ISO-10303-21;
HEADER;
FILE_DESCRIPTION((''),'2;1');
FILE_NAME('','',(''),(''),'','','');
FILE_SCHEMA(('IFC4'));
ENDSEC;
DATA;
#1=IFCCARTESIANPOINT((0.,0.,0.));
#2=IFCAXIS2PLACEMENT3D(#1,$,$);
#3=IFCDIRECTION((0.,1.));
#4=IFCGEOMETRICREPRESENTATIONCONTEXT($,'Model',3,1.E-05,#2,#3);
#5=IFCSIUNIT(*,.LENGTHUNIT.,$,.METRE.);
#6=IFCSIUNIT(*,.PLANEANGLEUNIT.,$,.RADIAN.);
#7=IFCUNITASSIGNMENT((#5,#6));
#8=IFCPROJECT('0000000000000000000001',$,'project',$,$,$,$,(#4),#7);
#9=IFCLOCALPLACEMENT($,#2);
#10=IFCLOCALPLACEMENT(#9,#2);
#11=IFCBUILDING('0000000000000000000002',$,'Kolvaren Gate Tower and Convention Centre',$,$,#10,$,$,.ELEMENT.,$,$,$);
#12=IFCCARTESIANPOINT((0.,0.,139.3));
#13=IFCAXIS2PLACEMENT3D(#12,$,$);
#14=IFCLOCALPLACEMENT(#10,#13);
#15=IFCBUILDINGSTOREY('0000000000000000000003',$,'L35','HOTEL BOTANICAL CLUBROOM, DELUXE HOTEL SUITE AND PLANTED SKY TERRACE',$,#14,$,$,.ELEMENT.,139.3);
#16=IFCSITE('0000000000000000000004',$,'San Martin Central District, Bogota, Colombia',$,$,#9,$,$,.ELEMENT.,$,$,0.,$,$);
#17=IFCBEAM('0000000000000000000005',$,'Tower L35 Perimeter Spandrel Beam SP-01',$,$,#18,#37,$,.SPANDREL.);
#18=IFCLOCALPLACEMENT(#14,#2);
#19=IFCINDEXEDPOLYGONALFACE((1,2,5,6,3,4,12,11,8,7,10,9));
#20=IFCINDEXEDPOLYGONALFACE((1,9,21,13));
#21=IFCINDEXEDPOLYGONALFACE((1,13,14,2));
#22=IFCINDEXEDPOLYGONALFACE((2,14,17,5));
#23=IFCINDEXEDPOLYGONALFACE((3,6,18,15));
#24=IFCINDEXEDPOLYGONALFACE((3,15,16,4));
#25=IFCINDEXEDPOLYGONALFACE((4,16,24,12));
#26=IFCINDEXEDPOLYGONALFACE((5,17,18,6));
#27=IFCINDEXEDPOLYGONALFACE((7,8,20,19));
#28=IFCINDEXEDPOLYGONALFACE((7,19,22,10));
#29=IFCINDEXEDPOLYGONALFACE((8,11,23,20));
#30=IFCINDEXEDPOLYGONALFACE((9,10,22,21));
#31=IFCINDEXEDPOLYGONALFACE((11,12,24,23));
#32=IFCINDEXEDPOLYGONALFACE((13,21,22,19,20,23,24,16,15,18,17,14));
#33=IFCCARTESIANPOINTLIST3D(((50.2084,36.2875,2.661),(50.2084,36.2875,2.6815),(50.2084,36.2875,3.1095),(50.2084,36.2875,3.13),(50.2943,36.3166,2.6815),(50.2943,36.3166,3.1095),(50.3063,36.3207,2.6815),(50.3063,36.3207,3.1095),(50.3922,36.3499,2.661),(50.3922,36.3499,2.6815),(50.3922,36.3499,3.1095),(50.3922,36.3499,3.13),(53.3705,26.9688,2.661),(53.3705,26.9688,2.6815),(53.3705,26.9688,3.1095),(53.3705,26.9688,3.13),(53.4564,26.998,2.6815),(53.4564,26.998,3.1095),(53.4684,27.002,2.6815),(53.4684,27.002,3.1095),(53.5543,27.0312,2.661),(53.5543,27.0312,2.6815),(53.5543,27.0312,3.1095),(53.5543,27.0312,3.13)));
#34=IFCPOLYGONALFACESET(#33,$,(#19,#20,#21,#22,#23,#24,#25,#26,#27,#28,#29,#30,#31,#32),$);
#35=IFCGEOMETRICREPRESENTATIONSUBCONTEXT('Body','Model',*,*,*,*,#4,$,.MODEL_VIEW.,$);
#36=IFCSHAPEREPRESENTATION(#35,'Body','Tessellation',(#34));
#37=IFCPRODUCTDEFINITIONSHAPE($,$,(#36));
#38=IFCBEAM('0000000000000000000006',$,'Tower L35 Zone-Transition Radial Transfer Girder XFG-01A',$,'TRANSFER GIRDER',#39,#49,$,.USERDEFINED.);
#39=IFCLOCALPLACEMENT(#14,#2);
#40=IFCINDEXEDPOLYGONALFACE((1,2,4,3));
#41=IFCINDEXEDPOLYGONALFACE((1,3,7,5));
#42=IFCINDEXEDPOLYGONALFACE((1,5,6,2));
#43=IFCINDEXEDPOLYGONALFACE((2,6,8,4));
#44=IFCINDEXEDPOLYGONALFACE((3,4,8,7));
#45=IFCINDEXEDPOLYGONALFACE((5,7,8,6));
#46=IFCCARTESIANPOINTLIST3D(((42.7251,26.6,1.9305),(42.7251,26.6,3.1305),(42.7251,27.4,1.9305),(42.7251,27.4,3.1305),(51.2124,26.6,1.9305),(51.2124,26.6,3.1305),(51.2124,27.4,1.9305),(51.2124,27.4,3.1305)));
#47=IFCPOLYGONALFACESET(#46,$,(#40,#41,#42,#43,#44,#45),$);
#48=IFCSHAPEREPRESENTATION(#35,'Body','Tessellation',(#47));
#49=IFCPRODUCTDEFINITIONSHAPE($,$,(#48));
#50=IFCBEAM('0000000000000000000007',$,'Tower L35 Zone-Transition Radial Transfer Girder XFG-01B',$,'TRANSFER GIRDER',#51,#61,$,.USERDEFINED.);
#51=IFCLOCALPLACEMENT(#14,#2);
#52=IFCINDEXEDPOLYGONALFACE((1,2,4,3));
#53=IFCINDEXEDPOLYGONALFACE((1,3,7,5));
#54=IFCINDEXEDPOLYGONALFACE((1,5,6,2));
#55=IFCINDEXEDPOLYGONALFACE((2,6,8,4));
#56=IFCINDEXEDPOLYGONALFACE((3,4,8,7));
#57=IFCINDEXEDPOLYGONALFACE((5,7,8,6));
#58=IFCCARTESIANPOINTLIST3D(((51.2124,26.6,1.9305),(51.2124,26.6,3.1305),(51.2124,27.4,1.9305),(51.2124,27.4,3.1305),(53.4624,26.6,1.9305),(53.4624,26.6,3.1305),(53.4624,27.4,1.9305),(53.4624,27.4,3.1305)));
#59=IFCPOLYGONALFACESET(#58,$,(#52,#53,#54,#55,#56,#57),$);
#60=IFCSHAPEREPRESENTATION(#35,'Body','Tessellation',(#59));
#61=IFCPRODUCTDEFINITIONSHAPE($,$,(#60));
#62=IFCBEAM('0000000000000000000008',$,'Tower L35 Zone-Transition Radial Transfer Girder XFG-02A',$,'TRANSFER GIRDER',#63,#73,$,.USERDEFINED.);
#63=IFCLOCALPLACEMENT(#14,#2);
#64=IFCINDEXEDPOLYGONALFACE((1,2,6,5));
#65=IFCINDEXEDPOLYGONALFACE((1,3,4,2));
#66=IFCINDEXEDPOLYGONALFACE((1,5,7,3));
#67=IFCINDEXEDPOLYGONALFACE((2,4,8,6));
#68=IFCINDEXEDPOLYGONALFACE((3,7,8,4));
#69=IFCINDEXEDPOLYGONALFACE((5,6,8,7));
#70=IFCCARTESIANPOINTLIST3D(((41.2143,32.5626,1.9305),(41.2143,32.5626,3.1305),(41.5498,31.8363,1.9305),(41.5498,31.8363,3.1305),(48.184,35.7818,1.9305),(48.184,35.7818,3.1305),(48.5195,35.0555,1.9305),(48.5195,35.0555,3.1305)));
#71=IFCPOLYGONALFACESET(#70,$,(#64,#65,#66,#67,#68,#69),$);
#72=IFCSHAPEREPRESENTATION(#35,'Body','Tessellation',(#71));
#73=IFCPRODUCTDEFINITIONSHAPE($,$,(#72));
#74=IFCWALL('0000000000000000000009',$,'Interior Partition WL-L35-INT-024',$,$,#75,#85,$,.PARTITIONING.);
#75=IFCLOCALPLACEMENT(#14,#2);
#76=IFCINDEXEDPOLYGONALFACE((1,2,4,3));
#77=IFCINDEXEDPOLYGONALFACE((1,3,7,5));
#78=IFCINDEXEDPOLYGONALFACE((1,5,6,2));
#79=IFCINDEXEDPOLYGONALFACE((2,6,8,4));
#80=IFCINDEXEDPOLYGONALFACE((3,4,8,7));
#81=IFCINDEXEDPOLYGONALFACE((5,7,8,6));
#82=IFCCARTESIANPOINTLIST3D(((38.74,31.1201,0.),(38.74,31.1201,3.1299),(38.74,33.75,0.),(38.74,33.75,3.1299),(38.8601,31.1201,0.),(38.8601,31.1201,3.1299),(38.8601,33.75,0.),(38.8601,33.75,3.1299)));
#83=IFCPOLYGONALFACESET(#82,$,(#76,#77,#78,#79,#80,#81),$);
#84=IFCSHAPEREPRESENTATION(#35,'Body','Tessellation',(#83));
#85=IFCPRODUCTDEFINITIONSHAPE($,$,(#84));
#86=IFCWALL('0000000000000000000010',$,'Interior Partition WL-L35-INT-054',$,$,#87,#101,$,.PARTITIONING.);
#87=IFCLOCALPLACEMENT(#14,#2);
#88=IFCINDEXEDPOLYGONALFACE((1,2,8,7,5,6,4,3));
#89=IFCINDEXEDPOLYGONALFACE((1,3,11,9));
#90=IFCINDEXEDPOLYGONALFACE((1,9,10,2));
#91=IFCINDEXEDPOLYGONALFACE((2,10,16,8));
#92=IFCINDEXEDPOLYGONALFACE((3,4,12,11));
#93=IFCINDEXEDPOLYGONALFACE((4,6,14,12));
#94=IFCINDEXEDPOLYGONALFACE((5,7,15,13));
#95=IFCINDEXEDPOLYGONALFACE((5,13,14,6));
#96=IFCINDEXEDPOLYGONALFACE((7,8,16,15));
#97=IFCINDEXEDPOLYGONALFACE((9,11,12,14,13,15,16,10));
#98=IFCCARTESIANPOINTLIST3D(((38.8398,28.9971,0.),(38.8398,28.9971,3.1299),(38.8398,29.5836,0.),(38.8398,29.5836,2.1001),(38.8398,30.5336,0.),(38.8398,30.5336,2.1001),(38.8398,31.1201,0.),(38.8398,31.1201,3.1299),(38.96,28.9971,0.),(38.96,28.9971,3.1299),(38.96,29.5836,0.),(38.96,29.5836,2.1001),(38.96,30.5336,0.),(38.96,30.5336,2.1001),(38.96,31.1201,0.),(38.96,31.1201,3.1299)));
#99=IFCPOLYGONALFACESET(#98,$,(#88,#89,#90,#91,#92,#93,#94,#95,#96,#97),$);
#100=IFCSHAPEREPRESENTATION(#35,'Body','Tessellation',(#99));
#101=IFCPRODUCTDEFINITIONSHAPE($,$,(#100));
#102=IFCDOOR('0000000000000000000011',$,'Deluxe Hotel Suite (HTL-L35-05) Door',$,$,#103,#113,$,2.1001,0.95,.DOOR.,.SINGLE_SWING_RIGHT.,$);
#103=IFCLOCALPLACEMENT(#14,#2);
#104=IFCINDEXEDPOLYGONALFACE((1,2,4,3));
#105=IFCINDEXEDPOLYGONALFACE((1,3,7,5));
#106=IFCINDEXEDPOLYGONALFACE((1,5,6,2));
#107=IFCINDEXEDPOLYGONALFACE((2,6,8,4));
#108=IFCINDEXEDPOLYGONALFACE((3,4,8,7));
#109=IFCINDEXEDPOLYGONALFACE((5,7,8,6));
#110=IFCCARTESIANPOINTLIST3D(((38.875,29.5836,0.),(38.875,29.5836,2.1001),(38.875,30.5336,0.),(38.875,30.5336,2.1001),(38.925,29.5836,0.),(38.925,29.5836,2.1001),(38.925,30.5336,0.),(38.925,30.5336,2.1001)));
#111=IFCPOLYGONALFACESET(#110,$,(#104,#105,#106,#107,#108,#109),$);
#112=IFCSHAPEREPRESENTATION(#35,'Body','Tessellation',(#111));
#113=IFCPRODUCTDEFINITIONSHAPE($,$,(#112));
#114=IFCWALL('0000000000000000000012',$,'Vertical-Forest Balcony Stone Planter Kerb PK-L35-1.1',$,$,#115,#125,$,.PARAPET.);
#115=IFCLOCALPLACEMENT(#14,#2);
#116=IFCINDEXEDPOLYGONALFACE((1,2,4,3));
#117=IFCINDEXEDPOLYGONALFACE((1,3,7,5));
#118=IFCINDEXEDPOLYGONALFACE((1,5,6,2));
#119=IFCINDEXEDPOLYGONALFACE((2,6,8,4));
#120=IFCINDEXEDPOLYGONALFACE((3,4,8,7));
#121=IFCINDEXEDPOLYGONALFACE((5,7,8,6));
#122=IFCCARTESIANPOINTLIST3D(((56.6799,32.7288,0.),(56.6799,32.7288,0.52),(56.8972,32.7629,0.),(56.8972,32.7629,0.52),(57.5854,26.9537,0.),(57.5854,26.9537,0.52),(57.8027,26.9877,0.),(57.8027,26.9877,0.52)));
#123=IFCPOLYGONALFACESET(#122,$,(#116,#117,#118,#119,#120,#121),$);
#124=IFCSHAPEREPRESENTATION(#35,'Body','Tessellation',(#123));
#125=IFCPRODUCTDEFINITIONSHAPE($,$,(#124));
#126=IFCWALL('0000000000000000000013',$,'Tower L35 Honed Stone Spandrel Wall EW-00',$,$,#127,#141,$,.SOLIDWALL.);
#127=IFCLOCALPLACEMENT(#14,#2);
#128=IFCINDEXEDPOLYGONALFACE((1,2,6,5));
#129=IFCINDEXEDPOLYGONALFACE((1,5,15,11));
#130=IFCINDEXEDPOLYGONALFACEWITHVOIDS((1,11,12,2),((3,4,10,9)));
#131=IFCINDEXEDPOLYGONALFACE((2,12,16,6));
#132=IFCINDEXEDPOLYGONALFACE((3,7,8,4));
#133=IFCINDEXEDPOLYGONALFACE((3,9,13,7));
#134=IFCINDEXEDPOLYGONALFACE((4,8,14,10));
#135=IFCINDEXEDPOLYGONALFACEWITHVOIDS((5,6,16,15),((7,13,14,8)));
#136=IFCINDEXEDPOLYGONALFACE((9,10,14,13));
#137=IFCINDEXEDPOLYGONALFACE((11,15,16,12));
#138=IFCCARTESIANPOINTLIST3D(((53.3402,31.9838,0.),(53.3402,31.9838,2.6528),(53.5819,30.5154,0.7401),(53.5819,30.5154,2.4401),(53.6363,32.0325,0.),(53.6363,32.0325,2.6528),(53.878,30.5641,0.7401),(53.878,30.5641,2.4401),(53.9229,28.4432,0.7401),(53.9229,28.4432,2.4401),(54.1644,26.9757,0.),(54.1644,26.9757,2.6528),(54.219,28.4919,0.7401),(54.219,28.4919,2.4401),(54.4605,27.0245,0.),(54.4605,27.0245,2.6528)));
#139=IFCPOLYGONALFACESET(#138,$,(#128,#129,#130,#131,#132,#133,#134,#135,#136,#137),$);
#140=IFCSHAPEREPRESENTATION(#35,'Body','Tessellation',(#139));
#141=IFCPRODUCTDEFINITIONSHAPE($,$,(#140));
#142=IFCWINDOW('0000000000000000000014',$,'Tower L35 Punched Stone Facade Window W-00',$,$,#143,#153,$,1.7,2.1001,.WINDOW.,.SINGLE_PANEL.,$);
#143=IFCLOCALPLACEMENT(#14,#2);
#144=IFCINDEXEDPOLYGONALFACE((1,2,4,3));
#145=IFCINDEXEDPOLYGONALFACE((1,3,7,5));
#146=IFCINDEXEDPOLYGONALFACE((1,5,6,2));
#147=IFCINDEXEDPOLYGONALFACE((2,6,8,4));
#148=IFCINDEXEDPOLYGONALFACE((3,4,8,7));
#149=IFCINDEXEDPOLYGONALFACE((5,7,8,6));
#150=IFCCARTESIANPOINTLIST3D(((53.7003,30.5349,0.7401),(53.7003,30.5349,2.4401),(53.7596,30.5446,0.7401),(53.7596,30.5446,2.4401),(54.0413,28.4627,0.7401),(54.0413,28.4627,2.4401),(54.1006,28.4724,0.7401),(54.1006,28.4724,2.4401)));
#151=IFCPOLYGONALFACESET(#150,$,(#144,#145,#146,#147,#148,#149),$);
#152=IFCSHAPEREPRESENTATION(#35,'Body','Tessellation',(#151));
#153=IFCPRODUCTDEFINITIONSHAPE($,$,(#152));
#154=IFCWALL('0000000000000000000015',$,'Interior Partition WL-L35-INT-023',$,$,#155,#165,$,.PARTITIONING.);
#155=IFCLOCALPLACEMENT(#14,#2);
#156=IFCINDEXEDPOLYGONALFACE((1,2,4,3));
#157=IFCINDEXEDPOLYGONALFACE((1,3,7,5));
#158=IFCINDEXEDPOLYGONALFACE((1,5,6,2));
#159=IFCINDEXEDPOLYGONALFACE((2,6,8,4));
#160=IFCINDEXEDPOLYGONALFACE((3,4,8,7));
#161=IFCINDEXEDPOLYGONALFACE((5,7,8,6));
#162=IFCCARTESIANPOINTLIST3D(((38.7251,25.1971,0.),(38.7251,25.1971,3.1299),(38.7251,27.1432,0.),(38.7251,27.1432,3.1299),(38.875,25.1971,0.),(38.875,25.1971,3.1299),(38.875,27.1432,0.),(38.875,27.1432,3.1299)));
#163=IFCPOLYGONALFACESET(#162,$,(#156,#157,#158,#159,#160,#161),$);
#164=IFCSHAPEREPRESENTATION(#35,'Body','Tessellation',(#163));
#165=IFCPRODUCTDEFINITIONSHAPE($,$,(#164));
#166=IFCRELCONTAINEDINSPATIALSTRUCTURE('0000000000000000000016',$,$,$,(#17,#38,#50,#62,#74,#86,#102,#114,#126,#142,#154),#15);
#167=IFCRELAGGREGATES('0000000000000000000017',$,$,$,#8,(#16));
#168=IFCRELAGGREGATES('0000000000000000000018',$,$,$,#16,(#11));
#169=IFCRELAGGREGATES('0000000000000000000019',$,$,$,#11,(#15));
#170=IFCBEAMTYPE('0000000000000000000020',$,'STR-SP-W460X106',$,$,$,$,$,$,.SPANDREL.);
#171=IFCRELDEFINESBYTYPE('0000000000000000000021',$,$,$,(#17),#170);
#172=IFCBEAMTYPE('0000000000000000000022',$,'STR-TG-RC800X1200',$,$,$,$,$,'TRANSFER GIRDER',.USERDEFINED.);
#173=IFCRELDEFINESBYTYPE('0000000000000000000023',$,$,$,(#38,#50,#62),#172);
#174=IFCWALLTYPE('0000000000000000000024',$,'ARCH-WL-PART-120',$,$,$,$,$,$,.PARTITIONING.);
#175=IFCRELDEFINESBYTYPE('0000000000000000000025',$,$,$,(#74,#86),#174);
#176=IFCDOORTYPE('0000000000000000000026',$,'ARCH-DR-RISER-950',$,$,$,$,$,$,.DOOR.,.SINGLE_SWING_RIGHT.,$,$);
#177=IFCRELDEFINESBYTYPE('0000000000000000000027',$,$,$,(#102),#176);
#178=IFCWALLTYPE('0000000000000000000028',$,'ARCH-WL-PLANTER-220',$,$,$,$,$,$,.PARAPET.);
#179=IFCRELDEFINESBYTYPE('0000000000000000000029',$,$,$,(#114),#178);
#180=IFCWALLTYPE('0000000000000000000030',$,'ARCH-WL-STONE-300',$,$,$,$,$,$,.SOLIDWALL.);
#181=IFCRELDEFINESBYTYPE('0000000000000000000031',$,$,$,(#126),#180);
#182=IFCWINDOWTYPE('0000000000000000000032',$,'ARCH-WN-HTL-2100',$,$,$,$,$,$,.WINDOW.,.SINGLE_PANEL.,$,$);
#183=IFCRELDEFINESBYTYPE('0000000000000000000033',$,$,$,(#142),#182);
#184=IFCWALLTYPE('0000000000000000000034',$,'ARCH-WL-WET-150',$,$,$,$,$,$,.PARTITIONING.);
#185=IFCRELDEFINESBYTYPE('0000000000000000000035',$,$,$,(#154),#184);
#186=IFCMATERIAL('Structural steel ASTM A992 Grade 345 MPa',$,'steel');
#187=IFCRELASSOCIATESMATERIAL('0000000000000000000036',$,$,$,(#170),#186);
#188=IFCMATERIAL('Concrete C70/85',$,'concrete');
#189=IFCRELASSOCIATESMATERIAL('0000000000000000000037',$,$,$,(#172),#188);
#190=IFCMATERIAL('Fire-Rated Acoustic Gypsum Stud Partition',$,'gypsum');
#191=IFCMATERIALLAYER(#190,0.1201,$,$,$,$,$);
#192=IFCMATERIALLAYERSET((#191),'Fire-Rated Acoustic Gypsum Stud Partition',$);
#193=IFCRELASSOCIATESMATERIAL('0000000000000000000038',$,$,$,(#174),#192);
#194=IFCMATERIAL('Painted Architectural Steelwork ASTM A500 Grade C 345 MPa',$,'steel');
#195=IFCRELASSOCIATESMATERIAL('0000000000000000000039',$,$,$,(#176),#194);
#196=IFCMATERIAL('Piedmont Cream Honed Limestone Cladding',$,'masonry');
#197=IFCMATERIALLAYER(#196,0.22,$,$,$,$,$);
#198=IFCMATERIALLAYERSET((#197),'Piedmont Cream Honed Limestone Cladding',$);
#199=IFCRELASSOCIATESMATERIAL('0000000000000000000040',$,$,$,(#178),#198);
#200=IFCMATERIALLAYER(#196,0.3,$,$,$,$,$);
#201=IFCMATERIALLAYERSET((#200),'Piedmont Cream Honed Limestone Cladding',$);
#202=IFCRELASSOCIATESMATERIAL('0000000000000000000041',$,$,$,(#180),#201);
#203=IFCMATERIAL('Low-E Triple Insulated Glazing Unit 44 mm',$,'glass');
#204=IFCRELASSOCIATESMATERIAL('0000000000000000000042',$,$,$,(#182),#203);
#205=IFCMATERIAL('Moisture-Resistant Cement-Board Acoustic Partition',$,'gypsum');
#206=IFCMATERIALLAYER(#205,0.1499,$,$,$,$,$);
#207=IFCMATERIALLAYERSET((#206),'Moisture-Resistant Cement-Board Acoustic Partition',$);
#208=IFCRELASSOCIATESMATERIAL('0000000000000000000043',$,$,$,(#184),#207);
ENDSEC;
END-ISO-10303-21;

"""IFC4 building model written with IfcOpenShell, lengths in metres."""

from ifc_helpers import new_model, si_unit, direction, frame, frame_2d, origin, origin_2d, place, context, subcontext, project, spatial, rectangle, i_section, extrude, material, layer, layer_set, material_profile, profile_set, type_object, element, fill, save


model = new_model("IFC4")

# Units and contexts
model_context = context("Model", 3, precision=1e-05, world=origin(), true_north=direction((0.0, 1.0)))
body_context = subcontext(model_context, "Body", "Model", "MODEL_VIEW")
ifc_project = project(units=[si_unit("LENGTHUNIT", "METRE"), si_unit("PLANEANGLEUNIT", "RADIAN")], contexts=[model_context])

# Site, building, storey
site_placement = place(None, origin())
site = spatial("IfcSite", under=ifc_project, at=site_placement, Name="San Martin Central District, Bogota, Colombia", CompositionType="ELEMENT", RefElevation=0.0)
building_placement = place(site_placement, origin())
building = spatial("IfcBuilding", under=site, at=building_placement, Name="Kolvaren Gate Tower and Convention Centre", CompositionType="ELEMENT")
storey_placement = place(building_placement, frame((0.0, 0.0, 139.3)))
storey = spatial("IfcBuildingStorey", under=building, at=storey_placement, Name="L35", Description="HOTEL BOTANICAL CLUBROOM, DELUXE HOTEL SUITE AND PLANTED SKY TERRACE", CompositionType="ELEMENT", Elevation=139.3)

# Beams
ifc_material_1 = material(Name="Structural steel ASTM A992 Grade 345 MPa", Category="steel")
ifc_material_profile_1 = material_profile(ifc_material_1, i_section(OverallWidth=0.1941, OverallDepth=0.469, WebThickness=0.0127, FlangeThickness=0.0205, at=origin_2d()), Name="W460X106")
ifc_profile_set_1 = profile_set([ifc_material_profile_1], Name="Structural steel ASTM A992 Grade 345 MPa")
beam_type_1 = type_object("IfcBeamType", Name="STR-SP-W460X106", PredefinedType="SPANDREL", material=ifc_profile_set_1)
beam_1_placement = place(storey_placement, frame((53.4624, 27.0, 2.8955), z_axis=(-0.321336, 0.946965, 0.0), x_axis=(-0.946965, -0.321336, 0.0)))
element("IfcBeam", 1, at=beam_1_placement, inside=storey, type_object=beam_type_1, Name="Tower L35 Perimeter Spandrel Beam SP-01", PredefinedType="SPANDREL", context=body_context, shape_type="SweptSolid", body=[
    extrude(i_section(OverallWidth=0.1941, OverallDepth=0.469, WebThickness=0.0127, FlangeThickness=0.0205, at=origin_2d()), origin(), (0.0, 0.0, 1.0), 9.8406),
])
ifc_material_2 = material(Name="Concrete C70/85", Category="concrete")
ifc_material_profile_2 = material_profile(ifc_material_2, rectangle(XDim=0.8, YDim=1.2, at=origin_2d()), Name="RC-BM-800X1200")
ifc_profile_set_2 = profile_set([ifc_material_profile_2], Name="Concrete C70/85")
beam_type_2 = type_object("IfcBeamType", Name="STR-TG-RC800X1200", ElementType="TRANSFER GIRDER", PredefinedType="USERDEFINED", material=ifc_profile_set_2)
beam_2_placement = place(storey_placement, frame((42.7251, 27.0, 2.5305), z_axis=(1.0, 0.0, 0.0), x_axis=(0.0, 1.0, 0.0)))
element("IfcBeam", 2, at=beam_2_placement, inside=storey, type_object=beam_type_2, Name="Tower L35 Zone-Transition Radial Transfer Girder XFG-01A", ObjectType="TRANSFER GIRDER", PredefinedType="USERDEFINED", context=body_context, shape_type="SweptSolid", body=[
    extrude(rectangle(XDim=0.8, YDim=1.2, at=origin_2d()), origin(), (0.0, 0.0, 1.0), 8.4873),
])
beam_3_placement = place(storey_placement, frame((51.2124, 27.0, 2.5305), z_axis=(1.0, 0.0, 0.0), x_axis=(0.0, 1.0, 0.0)))
element("IfcBeam", 3, at=beam_3_placement, inside=storey, type_object=beam_type_2, Name="Tower L35 Zone-Transition Radial Transfer Girder XFG-01B", ObjectType="TRANSFER GIRDER", PredefinedType="USERDEFINED", context=body_context, shape_type="SweptSolid", body=[
    extrude(rectangle(XDim=0.8, YDim=1.2, at=origin_2d()), origin(), (0.0, 0.0, 1.0), 2.25),
])
beam_4_placement = place(storey_placement, frame((41.3821, 32.1995, 2.5305), z_axis=(0.907838, 0.41932, 0.0), x_axis=(-0.41932, 0.907838, 0.0)))
element("IfcBeam", 4, at=beam_4_placement, inside=storey, type_object=beam_type_2, Name="Tower L35 Zone-Transition Radial Transfer Girder XFG-02A", ObjectType="TRANSFER GIRDER", PredefinedType="USERDEFINED", context=body_context, shape_type="SweptSolid", body=[
    extrude(rectangle(XDim=0.8, YDim=1.2, at=origin_2d()), origin(), (0.0, 0.0, 1.0), 7.6772),
])

# Wall
ifc_material_3 = material(Name="Fire-Rated Acoustic Gypsum Stud Partition", Category="gypsum")
ifc_layer_1 = layer(ifc_material_3, 0.1201)
ifc_layer_set_1 = layer_set([ifc_layer_1], Name="Fire-Rated Acoustic Gypsum Stud Partition")
wall_type_1 = type_object("IfcWallType", Name="ARCH-WL-PART-120", PredefinedType="PARTITIONING", material=ifc_layer_set_1)
wall_1_placement = place(storey_placement, frame((38.8, 31.1201, 0.0), z_axis=(0.0, 0.0, 1.0), x_axis=(0.0, 1.0, 0.0)))
element("IfcWall", 5, at=wall_1_placement, inside=storey, type_object=wall_type_1, Name="Interior Partition WL-L35-INT-024", PredefinedType="PARTITIONING", context=body_context, shape_type="SweptSolid", body=[
    extrude(rectangle(XDim=2.6299, YDim=0.1201, at=frame_2d((1.3149, 0.0))), origin(), (0.0, 0.0, 1.0), 3.1299),
])

# Wall, opening, door
wall_2_placement = place(storey_placement, frame((38.8999, 28.9971, 0.0), z_axis=(0.0, 0.0, 1.0), x_axis=(0.0, 1.0, 0.0)))
wall_2 = element("IfcWall", 6, at=wall_2_placement, inside=storey, type_object=wall_type_1, Name="Interior Partition WL-L35-INT-054", PredefinedType="PARTITIONING", context=body_context, shape_type="SweptSolid", body=[
    extrude(rectangle(XDim=2.123, YDim=0.1201, at=frame_2d((1.0615, 0.0))), origin(), (0.0, 0.0, 1.0), 3.1299),
])
opening_1_placement = place(wall_2_placement, frame((0.5864, 0.0, 0.0)))
opening_1 = element("IfcOpeningElement", 7, at=opening_1_placement, cuts=wall_2, PredefinedType="OPENING", context=body_context, shape_type="SweptSolid", body=[
    extrude(rectangle(XDim=0.95, YDim=2.1001, at=frame_2d((0.4751, 1.05))), frame((0.0, 0.0701, 0.0), z_axis=(0.0, -1.0, 0.0), x_axis=(1.0, 0.0, 0.0)), (0.0, 0.0, 1.0), 0.1401),
])
ifc_material_4 = material(Name="Painted Architectural Steelwork ASTM A500 Grade C 345 MPa", Category="steel")
door_type = type_object("IfcDoorType", Name="ARCH-DR-RISER-950", OperationType="SINGLE_SWING_RIGHT", PredefinedType="DOOR", material=ifc_material_4)
door_placement = place(opening_1_placement, origin())
door = element("IfcDoor", 8, at=door_placement, inside=storey, type_object=door_type, Name="Deluxe Hotel Suite (HTL-L35-05) Door", OperationType="SINGLE_SWING_RIGHT", OverallHeight=2.1001, OverallWidth=0.95, PredefinedType="DOOR", context=body_context, shape_type="SweptSolid", body=[
    extrude(rectangle(XDim=0.95, YDim=2.1001, at=frame_2d((0.4751, 1.05))), frame((0.0, 0.0249, 0.0), z_axis=(0.0, -1.0, 0.0), x_axis=(1.0, 0.0, 0.0)), (0.0, 0.0, 1.0), 0.05),
])
fill(opening_1, door)

# Wall
ifc_material_5 = material(Name="Piedmont Cream Honed Limestone Cladding", Category="masonry")
ifc_layer_2 = layer(ifc_material_5, 0.22)
ifc_layer_set_2 = layer_set([ifc_layer_2], Name="Piedmont Cream Honed Limestone Cladding")
wall_type_2 = type_object("IfcWallType", Name="ARCH-WL-PLANTER-220", PredefinedType="PARAPET", material=ifc_layer_set_2)
wall_3_placement = place(storey_placement, frame((56.7886, 32.7458, 0.0), z_axis=(0.0, 0.0, 1.0), x_axis=(0.154903, -0.98793, 0.0)))
element("IfcWall", 9, at=wall_3_placement, inside=storey, type_object=wall_type_2, Name="Vertical-Forest Balcony Stone Planter Kerb PK-L35-1.1", PredefinedType="PARAPET", context=body_context, shape_type="SweptSolid", body=[
    extrude(rectangle(XDim=5.8457, YDim=0.22, at=frame_2d((2.9229, 0.0))), origin(), (0.0, 0.0, 1.0), 0.52),
])

# Wall, opening, window
ifc_layer_3 = layer(ifc_material_5, 0.3)
ifc_layer_set_3 = layer_set([ifc_layer_3], Name="Piedmont Cream Honed Limestone Cladding")
wall_type_3 = type_object("IfcWallType", Name="ARCH-WL-STONE-300", PredefinedType="SOLIDWALL", material=ifc_layer_set_3)
wall_4_placement = place(storey_placement, frame((53.4883, 32.0081, 0.0), z_axis=(0.0, 0.0, 1.0), x_axis=(0.162394, -0.986726, 0.0)))
wall_4 = element("IfcWall", 10, at=wall_4_placement, inside=storey, type_object=wall_type_3, Name="Tower L35 Honed Stone Spandrel Wall EW-00", PredefinedType="SOLIDWALL", context=body_context, shape_type="SweptSolid", body=[
    extrude(rectangle(XDim=5.0754, YDim=0.3, at=frame_2d((2.5376, 0.0))), origin(), (0.0, 0.0, 1.0), 2.6528),
])
opening_2_placement = place(wall_4_placement, frame((1.488, 0.0, 0.74)))
opening_2 = element("IfcOpeningElement", 11, at=opening_2_placement, cuts=wall_4, PredefinedType="OPENING", context=body_context, shape_type="SweptSolid", body=[
    extrude(rectangle(XDim=2.1001, YDim=1.7, at=frame_2d((1.05, 0.8501))), frame((0.0, 0.1599, 0.0), z_axis=(0.0, -1.0, 0.0), x_axis=(1.0, 0.0, 0.0)), (0.0, 0.0, 1.0), 0.3201),
])
ifc_material_6 = material(Name="Low-E Triple Insulated Glazing Unit 44 mm", Category="glass")
window_type = type_object("IfcWindowType", Name="ARCH-WN-HTL-2100", PartitioningType="SINGLE_PANEL", PredefinedType="WINDOW", material=ifc_material_6)
window_placement = place(opening_2_placement, origin())
window = element("IfcWindow", 12, at=window_placement, inside=storey, type_object=window_type, Name="Tower L35 Punched Stone Facade Window W-00", OverallHeight=1.7, OverallWidth=2.1001, PartitioningType="SINGLE_PANEL", PredefinedType="WINDOW", context=body_context, shape_type="SweptSolid", body=[
    extrude(rectangle(XDim=2.1001, YDim=1.7, at=frame_2d((1.05, 0.8501))), frame((0.0, 0.03, 0.0), z_axis=(0.0, -1.0, 0.0), x_axis=(1.0, 0.0, 0.0)), (0.0, 0.0, 1.0), 0.0601),
])
fill(opening_2, window)

# Wall
ifc_material_7 = material(Name="Moisture-Resistant Cement-Board Acoustic Partition", Category="gypsum")
ifc_layer_4 = layer(ifc_material_7, 0.1499)
ifc_layer_set_4 = layer_set([ifc_layer_4], Name="Moisture-Resistant Cement-Board Acoustic Partition")
wall_type_4 = type_object("IfcWallType", Name="ARCH-WL-WET-150", PredefinedType="PARTITIONING", material=ifc_layer_set_4)
wall_5_placement = place(storey_placement, frame((38.8, 25.197, 0.0), z_axis=(0.0, 0.0, 1.0), x_axis=(0.0, 1.0, 0.0)))
element("IfcWall", 13, at=wall_5_placement, inside=storey, type_object=wall_type_4, Name="Interior Partition WL-L35-INT-023", PredefinedType="PARTITIONING", context=body_context, shape_type="SweptSolid", body=[
    extrude(rectangle(XDim=1.946, YDim=0.1499, at=frame_2d((0.9731, 0.0))), origin(), (0.0, 0.0, 1.0), 3.1299),
])

save(model, "model.ifc")
